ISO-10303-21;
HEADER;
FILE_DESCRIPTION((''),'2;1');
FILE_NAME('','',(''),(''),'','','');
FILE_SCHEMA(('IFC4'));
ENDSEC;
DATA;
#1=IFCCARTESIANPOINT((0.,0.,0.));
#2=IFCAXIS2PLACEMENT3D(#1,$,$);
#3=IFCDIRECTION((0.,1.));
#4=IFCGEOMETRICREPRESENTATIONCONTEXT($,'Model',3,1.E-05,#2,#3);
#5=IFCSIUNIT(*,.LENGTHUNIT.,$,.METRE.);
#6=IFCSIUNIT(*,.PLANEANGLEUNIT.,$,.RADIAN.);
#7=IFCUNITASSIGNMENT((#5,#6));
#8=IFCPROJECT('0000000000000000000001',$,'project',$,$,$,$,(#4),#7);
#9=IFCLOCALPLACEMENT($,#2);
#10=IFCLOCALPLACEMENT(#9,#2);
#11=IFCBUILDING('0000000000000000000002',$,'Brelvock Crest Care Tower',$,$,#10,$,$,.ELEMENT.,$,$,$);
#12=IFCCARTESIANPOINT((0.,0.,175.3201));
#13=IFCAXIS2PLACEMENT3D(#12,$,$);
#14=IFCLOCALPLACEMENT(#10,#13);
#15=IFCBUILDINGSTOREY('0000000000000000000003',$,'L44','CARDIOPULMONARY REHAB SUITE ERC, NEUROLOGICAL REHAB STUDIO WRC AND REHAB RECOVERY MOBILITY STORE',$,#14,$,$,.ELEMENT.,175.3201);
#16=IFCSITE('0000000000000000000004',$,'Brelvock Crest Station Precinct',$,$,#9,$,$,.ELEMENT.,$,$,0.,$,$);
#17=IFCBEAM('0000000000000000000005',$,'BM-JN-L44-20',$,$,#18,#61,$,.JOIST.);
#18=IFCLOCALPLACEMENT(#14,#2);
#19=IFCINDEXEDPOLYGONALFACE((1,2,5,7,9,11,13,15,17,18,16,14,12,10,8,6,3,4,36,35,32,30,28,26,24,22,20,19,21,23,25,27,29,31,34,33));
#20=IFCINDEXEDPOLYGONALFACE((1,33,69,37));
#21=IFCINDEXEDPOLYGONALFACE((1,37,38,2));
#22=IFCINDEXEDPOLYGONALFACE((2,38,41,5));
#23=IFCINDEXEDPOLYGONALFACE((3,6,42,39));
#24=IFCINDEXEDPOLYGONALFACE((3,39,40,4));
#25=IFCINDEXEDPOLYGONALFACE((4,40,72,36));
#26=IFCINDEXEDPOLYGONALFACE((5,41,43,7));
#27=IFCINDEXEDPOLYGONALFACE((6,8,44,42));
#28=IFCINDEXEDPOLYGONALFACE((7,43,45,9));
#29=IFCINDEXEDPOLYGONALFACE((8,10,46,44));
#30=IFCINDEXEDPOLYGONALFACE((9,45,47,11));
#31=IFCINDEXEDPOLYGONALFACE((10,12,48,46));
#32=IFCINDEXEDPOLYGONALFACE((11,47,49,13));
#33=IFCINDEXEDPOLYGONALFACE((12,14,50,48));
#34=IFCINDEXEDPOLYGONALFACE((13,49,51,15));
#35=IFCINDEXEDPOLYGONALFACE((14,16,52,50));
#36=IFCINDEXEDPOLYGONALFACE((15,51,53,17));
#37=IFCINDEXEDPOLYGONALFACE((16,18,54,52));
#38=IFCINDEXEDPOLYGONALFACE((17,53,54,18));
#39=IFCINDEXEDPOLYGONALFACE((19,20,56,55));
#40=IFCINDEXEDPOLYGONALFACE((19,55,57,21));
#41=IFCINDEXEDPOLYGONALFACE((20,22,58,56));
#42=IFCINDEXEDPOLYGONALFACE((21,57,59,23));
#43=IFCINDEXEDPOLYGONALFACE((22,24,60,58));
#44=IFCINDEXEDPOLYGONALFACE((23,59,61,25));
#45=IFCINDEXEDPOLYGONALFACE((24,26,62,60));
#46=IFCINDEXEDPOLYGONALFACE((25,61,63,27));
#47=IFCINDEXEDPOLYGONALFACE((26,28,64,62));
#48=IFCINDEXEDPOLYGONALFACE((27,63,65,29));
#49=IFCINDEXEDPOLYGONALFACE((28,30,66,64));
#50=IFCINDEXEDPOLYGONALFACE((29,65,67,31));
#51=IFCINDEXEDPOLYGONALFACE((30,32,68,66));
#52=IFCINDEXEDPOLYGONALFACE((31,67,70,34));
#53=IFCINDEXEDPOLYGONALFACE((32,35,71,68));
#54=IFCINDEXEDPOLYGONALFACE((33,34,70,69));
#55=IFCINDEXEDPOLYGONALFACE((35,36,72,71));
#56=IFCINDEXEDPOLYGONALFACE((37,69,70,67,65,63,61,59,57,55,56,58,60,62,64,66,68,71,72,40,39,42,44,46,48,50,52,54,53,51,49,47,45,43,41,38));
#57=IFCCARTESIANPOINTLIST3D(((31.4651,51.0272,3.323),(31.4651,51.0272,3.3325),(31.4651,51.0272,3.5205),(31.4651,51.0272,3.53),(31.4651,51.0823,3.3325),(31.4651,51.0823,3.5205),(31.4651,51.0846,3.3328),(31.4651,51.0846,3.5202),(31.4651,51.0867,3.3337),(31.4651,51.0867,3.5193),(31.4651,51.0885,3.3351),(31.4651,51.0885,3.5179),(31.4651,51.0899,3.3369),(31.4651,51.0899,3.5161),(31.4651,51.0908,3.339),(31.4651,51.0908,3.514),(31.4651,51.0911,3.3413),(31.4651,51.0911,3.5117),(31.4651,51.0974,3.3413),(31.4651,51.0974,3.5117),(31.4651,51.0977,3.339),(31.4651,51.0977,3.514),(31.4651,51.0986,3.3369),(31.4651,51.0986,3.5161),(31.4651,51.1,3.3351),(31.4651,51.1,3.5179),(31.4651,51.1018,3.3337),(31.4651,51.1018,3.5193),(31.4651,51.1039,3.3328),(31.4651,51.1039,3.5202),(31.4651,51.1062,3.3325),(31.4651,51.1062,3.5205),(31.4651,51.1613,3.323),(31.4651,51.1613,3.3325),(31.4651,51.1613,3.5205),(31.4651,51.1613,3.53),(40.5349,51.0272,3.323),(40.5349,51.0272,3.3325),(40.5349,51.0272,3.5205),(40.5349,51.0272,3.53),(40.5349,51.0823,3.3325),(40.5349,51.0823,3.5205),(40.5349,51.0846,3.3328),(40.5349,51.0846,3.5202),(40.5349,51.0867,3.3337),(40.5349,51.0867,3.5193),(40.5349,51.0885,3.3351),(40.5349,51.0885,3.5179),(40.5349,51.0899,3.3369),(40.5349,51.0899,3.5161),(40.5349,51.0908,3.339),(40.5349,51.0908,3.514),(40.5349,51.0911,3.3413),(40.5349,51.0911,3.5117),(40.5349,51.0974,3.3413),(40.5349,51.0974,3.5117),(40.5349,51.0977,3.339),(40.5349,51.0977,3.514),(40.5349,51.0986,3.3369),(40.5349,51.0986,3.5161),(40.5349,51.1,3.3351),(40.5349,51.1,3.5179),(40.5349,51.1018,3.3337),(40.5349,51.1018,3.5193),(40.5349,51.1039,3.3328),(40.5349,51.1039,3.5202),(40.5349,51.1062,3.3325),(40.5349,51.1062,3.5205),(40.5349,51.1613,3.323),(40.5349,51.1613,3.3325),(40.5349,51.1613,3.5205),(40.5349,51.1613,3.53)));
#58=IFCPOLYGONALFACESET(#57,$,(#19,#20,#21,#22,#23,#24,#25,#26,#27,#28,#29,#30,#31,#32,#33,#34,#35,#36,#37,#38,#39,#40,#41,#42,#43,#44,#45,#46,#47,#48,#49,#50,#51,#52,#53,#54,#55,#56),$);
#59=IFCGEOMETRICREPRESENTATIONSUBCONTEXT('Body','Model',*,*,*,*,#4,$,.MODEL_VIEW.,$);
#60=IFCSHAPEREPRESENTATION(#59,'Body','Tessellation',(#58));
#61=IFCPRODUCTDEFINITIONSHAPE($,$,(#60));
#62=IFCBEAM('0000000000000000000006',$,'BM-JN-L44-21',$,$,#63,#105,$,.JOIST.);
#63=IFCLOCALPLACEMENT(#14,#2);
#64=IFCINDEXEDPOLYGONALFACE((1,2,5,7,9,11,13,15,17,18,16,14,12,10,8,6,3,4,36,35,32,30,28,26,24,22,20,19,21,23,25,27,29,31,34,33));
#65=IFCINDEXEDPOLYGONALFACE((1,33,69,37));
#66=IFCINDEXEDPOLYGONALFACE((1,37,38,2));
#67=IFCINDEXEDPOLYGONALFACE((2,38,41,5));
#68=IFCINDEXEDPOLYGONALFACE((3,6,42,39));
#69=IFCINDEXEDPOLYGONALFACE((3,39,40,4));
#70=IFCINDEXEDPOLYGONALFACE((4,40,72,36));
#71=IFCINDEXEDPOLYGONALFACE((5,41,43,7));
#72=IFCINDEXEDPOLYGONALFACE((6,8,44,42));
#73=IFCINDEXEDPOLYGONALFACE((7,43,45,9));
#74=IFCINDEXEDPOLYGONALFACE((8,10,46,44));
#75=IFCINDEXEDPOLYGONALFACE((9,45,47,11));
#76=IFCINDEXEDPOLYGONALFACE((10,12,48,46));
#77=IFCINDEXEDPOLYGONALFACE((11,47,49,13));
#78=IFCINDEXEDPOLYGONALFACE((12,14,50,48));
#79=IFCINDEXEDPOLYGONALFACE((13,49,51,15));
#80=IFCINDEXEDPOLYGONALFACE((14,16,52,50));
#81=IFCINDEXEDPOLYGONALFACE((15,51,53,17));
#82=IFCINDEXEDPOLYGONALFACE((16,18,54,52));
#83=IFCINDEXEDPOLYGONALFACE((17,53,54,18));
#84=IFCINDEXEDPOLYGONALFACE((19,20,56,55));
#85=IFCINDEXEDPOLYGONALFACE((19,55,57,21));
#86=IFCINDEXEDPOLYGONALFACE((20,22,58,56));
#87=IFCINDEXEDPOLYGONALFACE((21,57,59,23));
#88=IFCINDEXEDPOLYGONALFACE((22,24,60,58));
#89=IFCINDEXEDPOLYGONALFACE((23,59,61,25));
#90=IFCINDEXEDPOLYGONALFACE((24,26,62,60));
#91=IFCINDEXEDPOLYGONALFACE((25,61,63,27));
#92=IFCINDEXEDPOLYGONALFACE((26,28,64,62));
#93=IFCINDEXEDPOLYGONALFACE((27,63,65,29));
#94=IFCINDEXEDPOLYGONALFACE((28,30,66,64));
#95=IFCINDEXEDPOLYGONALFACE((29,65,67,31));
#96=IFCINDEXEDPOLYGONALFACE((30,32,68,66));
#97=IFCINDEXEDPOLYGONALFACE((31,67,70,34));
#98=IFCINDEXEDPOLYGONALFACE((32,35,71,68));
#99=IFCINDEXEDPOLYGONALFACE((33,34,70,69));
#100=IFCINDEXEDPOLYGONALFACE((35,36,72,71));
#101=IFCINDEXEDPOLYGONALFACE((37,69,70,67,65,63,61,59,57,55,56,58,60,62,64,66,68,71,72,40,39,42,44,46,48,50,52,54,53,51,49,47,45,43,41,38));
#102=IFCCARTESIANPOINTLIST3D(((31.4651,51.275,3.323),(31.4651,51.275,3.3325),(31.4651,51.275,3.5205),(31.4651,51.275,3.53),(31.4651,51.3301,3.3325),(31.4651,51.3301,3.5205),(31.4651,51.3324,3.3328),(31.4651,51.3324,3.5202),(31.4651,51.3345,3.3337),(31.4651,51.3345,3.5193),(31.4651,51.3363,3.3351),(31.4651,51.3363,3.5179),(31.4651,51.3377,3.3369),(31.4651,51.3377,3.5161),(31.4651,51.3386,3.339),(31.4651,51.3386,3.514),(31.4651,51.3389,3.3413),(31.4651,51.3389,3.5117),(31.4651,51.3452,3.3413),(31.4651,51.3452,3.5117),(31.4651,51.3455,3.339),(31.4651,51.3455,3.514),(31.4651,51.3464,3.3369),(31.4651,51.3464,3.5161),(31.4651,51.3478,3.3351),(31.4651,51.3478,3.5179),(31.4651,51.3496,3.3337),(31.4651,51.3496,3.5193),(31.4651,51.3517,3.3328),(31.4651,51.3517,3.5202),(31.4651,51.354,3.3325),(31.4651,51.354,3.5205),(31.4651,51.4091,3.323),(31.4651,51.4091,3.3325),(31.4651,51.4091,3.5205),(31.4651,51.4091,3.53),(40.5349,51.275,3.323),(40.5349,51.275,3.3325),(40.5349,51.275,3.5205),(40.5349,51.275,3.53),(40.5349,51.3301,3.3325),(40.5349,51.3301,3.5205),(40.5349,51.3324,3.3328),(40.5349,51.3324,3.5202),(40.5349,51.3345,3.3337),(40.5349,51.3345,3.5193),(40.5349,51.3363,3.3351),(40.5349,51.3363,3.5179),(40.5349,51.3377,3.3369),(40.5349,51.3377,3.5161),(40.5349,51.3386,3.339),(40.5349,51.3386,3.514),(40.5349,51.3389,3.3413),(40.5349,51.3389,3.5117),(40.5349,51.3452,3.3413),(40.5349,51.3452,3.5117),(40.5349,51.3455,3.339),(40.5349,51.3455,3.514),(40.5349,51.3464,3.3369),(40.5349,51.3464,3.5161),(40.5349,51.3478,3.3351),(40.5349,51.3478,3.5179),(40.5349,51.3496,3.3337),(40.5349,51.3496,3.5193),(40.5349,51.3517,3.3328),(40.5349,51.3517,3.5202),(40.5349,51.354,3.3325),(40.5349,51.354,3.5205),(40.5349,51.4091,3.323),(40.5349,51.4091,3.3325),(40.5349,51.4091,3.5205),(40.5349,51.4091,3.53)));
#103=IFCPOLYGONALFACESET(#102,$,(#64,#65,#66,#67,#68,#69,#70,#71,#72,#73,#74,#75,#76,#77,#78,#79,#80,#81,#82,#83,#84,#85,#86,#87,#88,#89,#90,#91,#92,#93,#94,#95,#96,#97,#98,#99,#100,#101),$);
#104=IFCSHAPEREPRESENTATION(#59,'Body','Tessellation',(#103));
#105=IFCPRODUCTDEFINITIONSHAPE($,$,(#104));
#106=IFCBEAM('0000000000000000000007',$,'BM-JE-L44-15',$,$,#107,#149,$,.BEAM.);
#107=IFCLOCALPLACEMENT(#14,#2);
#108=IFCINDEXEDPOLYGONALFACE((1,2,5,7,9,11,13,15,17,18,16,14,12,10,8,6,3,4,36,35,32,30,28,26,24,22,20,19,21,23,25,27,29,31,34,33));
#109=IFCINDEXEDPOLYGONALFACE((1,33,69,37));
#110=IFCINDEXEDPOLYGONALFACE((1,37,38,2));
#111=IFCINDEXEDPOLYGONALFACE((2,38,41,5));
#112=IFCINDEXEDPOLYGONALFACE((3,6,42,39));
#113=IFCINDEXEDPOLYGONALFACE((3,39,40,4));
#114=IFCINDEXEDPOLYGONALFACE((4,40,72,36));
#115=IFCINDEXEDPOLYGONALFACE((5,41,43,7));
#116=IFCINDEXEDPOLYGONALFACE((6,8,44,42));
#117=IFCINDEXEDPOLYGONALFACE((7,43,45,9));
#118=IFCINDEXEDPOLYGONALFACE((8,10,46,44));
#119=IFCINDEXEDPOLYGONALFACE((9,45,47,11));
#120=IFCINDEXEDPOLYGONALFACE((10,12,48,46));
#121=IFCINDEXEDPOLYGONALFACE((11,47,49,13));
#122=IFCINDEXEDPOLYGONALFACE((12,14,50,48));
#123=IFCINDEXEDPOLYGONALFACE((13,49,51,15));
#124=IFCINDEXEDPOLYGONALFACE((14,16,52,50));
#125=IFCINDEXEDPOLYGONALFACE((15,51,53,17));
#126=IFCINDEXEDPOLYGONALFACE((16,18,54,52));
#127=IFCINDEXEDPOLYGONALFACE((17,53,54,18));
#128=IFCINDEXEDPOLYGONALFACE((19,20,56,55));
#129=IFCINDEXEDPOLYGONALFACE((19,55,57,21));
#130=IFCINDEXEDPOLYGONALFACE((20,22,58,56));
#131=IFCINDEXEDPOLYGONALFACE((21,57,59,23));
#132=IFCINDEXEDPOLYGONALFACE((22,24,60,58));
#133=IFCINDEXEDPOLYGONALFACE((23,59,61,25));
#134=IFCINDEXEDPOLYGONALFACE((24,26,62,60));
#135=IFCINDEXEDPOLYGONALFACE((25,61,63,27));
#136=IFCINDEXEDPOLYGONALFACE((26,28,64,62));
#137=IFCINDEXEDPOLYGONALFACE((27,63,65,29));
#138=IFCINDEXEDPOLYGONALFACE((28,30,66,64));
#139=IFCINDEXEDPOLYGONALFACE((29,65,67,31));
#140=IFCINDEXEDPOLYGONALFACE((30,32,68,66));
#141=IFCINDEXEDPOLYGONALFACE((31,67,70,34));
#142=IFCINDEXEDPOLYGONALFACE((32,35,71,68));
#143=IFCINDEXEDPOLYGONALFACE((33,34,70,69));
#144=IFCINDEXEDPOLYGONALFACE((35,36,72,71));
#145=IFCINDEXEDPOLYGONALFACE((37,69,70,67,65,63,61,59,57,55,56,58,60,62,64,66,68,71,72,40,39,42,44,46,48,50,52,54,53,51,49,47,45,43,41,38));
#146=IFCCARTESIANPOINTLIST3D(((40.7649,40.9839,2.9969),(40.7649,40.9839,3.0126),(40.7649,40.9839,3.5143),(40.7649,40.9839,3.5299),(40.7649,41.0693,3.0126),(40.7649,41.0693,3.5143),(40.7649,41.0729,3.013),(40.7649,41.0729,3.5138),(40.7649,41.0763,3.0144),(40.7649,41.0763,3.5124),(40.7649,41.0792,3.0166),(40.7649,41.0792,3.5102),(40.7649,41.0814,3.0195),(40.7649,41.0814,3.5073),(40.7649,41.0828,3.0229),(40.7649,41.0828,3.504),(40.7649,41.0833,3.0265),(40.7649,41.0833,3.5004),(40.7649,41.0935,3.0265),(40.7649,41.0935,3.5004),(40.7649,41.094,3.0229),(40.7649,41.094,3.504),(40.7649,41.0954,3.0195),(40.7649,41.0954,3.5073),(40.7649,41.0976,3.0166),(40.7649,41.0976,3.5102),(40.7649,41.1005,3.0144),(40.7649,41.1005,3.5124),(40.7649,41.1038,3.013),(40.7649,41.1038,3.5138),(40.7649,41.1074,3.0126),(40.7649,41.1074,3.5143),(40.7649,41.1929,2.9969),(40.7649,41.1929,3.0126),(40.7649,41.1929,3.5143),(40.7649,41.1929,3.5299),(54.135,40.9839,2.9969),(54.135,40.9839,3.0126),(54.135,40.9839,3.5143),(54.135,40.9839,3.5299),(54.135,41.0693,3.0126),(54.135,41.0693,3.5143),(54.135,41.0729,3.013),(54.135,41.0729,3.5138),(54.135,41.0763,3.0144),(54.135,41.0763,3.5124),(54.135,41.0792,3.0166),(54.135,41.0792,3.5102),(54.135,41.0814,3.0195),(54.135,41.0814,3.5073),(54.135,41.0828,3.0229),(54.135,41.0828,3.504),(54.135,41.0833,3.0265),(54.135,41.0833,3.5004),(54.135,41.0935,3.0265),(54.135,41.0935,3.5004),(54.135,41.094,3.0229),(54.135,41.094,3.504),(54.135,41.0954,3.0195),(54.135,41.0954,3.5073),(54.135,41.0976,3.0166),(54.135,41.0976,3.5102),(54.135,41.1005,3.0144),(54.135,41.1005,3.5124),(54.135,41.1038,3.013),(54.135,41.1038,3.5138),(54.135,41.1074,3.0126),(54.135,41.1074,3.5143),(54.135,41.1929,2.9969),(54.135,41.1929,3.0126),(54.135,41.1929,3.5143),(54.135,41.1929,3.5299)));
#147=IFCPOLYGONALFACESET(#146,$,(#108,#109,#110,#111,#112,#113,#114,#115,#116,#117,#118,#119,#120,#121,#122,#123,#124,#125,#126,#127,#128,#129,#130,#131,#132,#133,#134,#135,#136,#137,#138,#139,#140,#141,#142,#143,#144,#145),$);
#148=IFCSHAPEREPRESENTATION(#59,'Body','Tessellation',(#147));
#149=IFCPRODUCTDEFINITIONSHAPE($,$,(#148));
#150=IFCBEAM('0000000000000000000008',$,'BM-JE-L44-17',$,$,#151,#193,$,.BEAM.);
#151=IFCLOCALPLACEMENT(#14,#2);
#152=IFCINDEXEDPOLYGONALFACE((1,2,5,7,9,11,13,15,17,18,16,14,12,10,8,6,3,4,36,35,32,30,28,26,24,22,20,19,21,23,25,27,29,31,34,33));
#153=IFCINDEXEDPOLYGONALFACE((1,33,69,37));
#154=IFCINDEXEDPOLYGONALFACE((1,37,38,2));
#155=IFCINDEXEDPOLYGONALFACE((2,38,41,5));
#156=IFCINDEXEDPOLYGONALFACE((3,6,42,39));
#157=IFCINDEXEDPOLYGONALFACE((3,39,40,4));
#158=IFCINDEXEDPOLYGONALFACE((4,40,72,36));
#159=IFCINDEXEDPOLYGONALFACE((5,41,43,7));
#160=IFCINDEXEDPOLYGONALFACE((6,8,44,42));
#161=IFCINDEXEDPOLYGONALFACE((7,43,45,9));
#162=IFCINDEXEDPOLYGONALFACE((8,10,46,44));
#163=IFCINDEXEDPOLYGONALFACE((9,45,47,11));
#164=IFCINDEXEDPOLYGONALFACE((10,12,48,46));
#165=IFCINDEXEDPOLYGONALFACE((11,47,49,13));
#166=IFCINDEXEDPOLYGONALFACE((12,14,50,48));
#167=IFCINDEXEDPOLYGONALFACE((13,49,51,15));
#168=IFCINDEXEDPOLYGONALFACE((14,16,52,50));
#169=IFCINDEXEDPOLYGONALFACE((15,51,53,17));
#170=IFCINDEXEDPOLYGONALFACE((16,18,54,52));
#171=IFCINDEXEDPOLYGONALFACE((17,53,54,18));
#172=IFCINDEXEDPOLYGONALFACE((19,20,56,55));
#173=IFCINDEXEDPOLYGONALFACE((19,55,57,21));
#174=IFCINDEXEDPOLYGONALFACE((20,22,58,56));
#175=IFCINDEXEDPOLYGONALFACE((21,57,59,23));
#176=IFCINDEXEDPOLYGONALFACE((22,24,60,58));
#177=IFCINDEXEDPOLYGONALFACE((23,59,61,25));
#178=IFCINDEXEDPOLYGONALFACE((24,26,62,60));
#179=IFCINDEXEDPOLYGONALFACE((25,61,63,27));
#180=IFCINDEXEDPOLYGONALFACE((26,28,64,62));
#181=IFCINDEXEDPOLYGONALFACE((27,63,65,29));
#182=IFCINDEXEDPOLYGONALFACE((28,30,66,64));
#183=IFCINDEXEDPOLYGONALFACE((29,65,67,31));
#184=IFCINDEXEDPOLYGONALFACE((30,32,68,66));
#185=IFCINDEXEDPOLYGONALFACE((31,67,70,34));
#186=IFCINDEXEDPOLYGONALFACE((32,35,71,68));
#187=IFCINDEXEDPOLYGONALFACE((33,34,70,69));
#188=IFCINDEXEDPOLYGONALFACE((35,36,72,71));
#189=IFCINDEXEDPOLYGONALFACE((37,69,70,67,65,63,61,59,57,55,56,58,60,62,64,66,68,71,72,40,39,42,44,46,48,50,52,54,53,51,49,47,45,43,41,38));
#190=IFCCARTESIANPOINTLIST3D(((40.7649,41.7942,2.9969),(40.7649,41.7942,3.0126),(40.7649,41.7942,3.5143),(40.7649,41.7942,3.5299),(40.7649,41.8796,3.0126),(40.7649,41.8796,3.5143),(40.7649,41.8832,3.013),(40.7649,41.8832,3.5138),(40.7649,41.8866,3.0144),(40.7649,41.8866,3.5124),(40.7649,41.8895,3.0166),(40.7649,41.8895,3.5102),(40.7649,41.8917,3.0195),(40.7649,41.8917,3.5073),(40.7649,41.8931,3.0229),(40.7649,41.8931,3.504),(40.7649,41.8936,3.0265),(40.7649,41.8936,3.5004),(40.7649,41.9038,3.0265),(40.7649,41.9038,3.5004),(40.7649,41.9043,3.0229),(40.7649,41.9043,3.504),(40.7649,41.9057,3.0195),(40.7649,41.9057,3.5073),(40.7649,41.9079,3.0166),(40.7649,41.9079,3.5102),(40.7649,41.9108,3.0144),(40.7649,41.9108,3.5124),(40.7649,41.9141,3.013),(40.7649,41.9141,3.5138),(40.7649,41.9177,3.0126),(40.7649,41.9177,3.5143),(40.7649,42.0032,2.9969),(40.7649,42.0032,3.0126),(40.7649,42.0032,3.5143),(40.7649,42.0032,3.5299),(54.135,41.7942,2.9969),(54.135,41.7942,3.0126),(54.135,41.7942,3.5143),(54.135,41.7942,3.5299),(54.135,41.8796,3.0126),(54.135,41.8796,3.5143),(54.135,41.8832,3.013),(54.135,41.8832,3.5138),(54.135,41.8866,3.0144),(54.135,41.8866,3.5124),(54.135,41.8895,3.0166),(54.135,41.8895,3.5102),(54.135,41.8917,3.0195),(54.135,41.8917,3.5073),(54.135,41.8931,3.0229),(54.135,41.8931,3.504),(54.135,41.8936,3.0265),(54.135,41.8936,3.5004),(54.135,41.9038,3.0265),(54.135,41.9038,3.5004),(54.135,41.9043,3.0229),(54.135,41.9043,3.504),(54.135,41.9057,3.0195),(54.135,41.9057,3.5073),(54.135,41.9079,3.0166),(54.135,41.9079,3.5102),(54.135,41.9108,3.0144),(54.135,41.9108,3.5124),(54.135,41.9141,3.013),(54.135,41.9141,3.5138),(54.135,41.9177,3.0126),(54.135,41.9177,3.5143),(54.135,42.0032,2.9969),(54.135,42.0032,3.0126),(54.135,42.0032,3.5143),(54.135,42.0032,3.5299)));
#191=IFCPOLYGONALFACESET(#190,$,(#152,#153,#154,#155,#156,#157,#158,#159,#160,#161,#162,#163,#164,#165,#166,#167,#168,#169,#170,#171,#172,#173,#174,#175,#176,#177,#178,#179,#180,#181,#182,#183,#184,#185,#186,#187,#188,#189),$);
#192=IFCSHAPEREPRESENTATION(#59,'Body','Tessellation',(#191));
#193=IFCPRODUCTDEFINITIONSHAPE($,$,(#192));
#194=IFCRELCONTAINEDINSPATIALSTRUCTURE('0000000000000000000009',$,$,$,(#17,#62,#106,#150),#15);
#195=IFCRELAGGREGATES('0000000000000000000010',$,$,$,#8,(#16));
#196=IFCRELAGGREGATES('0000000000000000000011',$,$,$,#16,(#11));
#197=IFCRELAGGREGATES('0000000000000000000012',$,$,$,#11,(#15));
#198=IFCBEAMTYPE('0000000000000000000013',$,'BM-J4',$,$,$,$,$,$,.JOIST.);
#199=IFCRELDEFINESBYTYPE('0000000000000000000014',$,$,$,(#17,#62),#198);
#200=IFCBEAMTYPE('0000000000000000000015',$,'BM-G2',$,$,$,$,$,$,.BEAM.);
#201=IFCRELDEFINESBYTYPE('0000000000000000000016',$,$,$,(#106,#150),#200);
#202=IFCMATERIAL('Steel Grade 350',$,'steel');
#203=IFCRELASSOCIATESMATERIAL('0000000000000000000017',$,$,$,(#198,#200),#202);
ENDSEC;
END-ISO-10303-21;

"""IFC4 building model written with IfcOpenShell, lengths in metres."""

from ifc_helpers import new_model, si_unit, direction, frame, origin, origin_2d, place, context, subcontext, project, spatial, i_section, extrude, source, transform, mapped, material, material_profile, profile_set, type_object, element, save


model = new_model("IFC4")

# Units and contexts
model_context = context("Model", 3, precision=1e-05, world=origin(), true_north=direction((0.0, 1.0)))
body_context = subcontext(model_context, "Body", "Model", "MODEL_VIEW")
ifc_project = project(units=[si_unit("LENGTHUNIT", "METRE"), si_unit("PLANEANGLEUNIT", "RADIAN")], contexts=[model_context])

# Site, building, storey
site_placement = place(None, origin())
site = spatial("IfcSite", under=ifc_project, at=site_placement, Name="Brelvock Crest Station Precinct", CompositionType="ELEMENT", RefElevation=0.0)
building_placement = place(site_placement, origin())
building = spatial("IfcBuilding", under=site, at=building_placement, Name="Brelvock Crest Care Tower", CompositionType="ELEMENT")
storey_placement = place(building_placement, frame((0.0, 0.0, 175.3201)))
storey = spatial("IfcBuildingStorey", under=building, at=storey_placement, Name="L44", Description="CARDIOPULMONARY REHAB SUITE ERC, NEUROLOGICAL REHAB STUDIO WRC AND REHAB RECOVERY MOBILITY STORE", CompositionType="ELEMENT", Elevation=175.3201)

# Beams
ifc_material_1 = material(Name="Steel Grade 350", Category="steel")
ifc_material_profile_1 = material_profile(ifc_material_1, i_section(OverallWidth=0.134, OverallDepth=0.207, WebThickness=0.0063, FlangeThickness=0.0095, FilletRadius=0.0088, at=origin_2d()), Name="200UB29.8")
ifc_profile_set_1 = profile_set([ifc_material_profile_1], Name="Steel Grade 350")
beam_type_1 = type_object("IfcBeamType", Name="BM-J4", PredefinedType="JOIST", material=ifc_profile_set_1)
shared_shape_1 = source(origin(), body_context, "Body", "SweptSolid", [
    extrude(i_section(OverallWidth=0.134, OverallDepth=0.207, WebThickness=0.0063, FlangeThickness=0.0095, FilletRadius=0.0088, at=origin_2d()), origin(), (0.0, 0.0, 1.0), 9.0698),
])
for number, where, z_axis, x_axis, name in (
    (1, (31.4651, 51.0942, 3.4265), (1.0, 0.0, 0.0), (0.0, 1.0, 0.0), "BM-JN-L44-20"),
    (2, (31.4651, 51.342, 3.4265), (1.0, 0.0, 0.0), (0.0, 1.0, 0.0), "BM-JN-L44-21"),
):
    element("IfcBeam", number, at=place(storey_placement, frame(where, z_axis=z_axis, x_axis=x_axis)), inside=storey, type_object=beam_type_1, Name=name, PredefinedType="JOIST", context=body_context, shape_type="MappedRepresentation", body=[
        mapped(shared_shape_1, transform((0.0, 0.0, 0.0), x_axis=(1.0, 0.0, 0.0), y_axis=(0.0, 1.0, 0.0), z_axis=(0.0, 0.0, 1.0), scale=1.0)),
    ])
ifc_material_profile_2 = material_profile(ifc_material_1, i_section(OverallWidth=0.209, OverallDepth=0.533, WebThickness=0.0103, FlangeThickness=0.0156, FilletRadius=0.0139, at=origin_2d()), Name="530UB92.4")
ifc_profile_set_2 = profile_set([ifc_material_profile_2], Name="Steel Grade 350")
beam_type_2 = type_object("IfcBeamType", Name="BM-G2", PredefinedType="BEAM", material=ifc_profile_set_2)
shared_shape_2 = source(origin(), body_context, "Body", "SweptSolid", [
    extrude(i_section(OverallWidth=0.209, OverallDepth=0.533, WebThickness=0.0103, FlangeThickness=0.0156, FilletRadius=0.0139, at=origin_2d()), origin(), (0.0, 0.0, 1.0), 13.3701),
])
for number, where, z_axis, x_axis, name in (
    (3, (40.7649, 41.0884, 3.2634), (1.0, 0.0, 0.0), (0.0, 1.0, 0.0), "BM-JE-L44-15"),
    (4, (40.7649, 41.8987, 3.2634), (1.0, 0.0, 0.0), (0.0, 1.0, 0.0), "BM-JE-L44-17"),
):
    element("IfcBeam", number, at=place(storey_placement, frame(where, z_axis=z_axis, x_axis=x_axis)), inside=storey, type_object=beam_type_2, Name=name, PredefinedType="BEAM", context=body_context, shape_type="MappedRepresentation", body=[
        mapped(shared_shape_2, transform((0.0, 0.0, 0.0), x_axis=(1.0, 0.0, 0.0), y_axis=(0.0, 1.0, 0.0), z_axis=(0.0, 0.0, 1.0), scale=1.0)),
    ])

save(model, "model.ifc")
